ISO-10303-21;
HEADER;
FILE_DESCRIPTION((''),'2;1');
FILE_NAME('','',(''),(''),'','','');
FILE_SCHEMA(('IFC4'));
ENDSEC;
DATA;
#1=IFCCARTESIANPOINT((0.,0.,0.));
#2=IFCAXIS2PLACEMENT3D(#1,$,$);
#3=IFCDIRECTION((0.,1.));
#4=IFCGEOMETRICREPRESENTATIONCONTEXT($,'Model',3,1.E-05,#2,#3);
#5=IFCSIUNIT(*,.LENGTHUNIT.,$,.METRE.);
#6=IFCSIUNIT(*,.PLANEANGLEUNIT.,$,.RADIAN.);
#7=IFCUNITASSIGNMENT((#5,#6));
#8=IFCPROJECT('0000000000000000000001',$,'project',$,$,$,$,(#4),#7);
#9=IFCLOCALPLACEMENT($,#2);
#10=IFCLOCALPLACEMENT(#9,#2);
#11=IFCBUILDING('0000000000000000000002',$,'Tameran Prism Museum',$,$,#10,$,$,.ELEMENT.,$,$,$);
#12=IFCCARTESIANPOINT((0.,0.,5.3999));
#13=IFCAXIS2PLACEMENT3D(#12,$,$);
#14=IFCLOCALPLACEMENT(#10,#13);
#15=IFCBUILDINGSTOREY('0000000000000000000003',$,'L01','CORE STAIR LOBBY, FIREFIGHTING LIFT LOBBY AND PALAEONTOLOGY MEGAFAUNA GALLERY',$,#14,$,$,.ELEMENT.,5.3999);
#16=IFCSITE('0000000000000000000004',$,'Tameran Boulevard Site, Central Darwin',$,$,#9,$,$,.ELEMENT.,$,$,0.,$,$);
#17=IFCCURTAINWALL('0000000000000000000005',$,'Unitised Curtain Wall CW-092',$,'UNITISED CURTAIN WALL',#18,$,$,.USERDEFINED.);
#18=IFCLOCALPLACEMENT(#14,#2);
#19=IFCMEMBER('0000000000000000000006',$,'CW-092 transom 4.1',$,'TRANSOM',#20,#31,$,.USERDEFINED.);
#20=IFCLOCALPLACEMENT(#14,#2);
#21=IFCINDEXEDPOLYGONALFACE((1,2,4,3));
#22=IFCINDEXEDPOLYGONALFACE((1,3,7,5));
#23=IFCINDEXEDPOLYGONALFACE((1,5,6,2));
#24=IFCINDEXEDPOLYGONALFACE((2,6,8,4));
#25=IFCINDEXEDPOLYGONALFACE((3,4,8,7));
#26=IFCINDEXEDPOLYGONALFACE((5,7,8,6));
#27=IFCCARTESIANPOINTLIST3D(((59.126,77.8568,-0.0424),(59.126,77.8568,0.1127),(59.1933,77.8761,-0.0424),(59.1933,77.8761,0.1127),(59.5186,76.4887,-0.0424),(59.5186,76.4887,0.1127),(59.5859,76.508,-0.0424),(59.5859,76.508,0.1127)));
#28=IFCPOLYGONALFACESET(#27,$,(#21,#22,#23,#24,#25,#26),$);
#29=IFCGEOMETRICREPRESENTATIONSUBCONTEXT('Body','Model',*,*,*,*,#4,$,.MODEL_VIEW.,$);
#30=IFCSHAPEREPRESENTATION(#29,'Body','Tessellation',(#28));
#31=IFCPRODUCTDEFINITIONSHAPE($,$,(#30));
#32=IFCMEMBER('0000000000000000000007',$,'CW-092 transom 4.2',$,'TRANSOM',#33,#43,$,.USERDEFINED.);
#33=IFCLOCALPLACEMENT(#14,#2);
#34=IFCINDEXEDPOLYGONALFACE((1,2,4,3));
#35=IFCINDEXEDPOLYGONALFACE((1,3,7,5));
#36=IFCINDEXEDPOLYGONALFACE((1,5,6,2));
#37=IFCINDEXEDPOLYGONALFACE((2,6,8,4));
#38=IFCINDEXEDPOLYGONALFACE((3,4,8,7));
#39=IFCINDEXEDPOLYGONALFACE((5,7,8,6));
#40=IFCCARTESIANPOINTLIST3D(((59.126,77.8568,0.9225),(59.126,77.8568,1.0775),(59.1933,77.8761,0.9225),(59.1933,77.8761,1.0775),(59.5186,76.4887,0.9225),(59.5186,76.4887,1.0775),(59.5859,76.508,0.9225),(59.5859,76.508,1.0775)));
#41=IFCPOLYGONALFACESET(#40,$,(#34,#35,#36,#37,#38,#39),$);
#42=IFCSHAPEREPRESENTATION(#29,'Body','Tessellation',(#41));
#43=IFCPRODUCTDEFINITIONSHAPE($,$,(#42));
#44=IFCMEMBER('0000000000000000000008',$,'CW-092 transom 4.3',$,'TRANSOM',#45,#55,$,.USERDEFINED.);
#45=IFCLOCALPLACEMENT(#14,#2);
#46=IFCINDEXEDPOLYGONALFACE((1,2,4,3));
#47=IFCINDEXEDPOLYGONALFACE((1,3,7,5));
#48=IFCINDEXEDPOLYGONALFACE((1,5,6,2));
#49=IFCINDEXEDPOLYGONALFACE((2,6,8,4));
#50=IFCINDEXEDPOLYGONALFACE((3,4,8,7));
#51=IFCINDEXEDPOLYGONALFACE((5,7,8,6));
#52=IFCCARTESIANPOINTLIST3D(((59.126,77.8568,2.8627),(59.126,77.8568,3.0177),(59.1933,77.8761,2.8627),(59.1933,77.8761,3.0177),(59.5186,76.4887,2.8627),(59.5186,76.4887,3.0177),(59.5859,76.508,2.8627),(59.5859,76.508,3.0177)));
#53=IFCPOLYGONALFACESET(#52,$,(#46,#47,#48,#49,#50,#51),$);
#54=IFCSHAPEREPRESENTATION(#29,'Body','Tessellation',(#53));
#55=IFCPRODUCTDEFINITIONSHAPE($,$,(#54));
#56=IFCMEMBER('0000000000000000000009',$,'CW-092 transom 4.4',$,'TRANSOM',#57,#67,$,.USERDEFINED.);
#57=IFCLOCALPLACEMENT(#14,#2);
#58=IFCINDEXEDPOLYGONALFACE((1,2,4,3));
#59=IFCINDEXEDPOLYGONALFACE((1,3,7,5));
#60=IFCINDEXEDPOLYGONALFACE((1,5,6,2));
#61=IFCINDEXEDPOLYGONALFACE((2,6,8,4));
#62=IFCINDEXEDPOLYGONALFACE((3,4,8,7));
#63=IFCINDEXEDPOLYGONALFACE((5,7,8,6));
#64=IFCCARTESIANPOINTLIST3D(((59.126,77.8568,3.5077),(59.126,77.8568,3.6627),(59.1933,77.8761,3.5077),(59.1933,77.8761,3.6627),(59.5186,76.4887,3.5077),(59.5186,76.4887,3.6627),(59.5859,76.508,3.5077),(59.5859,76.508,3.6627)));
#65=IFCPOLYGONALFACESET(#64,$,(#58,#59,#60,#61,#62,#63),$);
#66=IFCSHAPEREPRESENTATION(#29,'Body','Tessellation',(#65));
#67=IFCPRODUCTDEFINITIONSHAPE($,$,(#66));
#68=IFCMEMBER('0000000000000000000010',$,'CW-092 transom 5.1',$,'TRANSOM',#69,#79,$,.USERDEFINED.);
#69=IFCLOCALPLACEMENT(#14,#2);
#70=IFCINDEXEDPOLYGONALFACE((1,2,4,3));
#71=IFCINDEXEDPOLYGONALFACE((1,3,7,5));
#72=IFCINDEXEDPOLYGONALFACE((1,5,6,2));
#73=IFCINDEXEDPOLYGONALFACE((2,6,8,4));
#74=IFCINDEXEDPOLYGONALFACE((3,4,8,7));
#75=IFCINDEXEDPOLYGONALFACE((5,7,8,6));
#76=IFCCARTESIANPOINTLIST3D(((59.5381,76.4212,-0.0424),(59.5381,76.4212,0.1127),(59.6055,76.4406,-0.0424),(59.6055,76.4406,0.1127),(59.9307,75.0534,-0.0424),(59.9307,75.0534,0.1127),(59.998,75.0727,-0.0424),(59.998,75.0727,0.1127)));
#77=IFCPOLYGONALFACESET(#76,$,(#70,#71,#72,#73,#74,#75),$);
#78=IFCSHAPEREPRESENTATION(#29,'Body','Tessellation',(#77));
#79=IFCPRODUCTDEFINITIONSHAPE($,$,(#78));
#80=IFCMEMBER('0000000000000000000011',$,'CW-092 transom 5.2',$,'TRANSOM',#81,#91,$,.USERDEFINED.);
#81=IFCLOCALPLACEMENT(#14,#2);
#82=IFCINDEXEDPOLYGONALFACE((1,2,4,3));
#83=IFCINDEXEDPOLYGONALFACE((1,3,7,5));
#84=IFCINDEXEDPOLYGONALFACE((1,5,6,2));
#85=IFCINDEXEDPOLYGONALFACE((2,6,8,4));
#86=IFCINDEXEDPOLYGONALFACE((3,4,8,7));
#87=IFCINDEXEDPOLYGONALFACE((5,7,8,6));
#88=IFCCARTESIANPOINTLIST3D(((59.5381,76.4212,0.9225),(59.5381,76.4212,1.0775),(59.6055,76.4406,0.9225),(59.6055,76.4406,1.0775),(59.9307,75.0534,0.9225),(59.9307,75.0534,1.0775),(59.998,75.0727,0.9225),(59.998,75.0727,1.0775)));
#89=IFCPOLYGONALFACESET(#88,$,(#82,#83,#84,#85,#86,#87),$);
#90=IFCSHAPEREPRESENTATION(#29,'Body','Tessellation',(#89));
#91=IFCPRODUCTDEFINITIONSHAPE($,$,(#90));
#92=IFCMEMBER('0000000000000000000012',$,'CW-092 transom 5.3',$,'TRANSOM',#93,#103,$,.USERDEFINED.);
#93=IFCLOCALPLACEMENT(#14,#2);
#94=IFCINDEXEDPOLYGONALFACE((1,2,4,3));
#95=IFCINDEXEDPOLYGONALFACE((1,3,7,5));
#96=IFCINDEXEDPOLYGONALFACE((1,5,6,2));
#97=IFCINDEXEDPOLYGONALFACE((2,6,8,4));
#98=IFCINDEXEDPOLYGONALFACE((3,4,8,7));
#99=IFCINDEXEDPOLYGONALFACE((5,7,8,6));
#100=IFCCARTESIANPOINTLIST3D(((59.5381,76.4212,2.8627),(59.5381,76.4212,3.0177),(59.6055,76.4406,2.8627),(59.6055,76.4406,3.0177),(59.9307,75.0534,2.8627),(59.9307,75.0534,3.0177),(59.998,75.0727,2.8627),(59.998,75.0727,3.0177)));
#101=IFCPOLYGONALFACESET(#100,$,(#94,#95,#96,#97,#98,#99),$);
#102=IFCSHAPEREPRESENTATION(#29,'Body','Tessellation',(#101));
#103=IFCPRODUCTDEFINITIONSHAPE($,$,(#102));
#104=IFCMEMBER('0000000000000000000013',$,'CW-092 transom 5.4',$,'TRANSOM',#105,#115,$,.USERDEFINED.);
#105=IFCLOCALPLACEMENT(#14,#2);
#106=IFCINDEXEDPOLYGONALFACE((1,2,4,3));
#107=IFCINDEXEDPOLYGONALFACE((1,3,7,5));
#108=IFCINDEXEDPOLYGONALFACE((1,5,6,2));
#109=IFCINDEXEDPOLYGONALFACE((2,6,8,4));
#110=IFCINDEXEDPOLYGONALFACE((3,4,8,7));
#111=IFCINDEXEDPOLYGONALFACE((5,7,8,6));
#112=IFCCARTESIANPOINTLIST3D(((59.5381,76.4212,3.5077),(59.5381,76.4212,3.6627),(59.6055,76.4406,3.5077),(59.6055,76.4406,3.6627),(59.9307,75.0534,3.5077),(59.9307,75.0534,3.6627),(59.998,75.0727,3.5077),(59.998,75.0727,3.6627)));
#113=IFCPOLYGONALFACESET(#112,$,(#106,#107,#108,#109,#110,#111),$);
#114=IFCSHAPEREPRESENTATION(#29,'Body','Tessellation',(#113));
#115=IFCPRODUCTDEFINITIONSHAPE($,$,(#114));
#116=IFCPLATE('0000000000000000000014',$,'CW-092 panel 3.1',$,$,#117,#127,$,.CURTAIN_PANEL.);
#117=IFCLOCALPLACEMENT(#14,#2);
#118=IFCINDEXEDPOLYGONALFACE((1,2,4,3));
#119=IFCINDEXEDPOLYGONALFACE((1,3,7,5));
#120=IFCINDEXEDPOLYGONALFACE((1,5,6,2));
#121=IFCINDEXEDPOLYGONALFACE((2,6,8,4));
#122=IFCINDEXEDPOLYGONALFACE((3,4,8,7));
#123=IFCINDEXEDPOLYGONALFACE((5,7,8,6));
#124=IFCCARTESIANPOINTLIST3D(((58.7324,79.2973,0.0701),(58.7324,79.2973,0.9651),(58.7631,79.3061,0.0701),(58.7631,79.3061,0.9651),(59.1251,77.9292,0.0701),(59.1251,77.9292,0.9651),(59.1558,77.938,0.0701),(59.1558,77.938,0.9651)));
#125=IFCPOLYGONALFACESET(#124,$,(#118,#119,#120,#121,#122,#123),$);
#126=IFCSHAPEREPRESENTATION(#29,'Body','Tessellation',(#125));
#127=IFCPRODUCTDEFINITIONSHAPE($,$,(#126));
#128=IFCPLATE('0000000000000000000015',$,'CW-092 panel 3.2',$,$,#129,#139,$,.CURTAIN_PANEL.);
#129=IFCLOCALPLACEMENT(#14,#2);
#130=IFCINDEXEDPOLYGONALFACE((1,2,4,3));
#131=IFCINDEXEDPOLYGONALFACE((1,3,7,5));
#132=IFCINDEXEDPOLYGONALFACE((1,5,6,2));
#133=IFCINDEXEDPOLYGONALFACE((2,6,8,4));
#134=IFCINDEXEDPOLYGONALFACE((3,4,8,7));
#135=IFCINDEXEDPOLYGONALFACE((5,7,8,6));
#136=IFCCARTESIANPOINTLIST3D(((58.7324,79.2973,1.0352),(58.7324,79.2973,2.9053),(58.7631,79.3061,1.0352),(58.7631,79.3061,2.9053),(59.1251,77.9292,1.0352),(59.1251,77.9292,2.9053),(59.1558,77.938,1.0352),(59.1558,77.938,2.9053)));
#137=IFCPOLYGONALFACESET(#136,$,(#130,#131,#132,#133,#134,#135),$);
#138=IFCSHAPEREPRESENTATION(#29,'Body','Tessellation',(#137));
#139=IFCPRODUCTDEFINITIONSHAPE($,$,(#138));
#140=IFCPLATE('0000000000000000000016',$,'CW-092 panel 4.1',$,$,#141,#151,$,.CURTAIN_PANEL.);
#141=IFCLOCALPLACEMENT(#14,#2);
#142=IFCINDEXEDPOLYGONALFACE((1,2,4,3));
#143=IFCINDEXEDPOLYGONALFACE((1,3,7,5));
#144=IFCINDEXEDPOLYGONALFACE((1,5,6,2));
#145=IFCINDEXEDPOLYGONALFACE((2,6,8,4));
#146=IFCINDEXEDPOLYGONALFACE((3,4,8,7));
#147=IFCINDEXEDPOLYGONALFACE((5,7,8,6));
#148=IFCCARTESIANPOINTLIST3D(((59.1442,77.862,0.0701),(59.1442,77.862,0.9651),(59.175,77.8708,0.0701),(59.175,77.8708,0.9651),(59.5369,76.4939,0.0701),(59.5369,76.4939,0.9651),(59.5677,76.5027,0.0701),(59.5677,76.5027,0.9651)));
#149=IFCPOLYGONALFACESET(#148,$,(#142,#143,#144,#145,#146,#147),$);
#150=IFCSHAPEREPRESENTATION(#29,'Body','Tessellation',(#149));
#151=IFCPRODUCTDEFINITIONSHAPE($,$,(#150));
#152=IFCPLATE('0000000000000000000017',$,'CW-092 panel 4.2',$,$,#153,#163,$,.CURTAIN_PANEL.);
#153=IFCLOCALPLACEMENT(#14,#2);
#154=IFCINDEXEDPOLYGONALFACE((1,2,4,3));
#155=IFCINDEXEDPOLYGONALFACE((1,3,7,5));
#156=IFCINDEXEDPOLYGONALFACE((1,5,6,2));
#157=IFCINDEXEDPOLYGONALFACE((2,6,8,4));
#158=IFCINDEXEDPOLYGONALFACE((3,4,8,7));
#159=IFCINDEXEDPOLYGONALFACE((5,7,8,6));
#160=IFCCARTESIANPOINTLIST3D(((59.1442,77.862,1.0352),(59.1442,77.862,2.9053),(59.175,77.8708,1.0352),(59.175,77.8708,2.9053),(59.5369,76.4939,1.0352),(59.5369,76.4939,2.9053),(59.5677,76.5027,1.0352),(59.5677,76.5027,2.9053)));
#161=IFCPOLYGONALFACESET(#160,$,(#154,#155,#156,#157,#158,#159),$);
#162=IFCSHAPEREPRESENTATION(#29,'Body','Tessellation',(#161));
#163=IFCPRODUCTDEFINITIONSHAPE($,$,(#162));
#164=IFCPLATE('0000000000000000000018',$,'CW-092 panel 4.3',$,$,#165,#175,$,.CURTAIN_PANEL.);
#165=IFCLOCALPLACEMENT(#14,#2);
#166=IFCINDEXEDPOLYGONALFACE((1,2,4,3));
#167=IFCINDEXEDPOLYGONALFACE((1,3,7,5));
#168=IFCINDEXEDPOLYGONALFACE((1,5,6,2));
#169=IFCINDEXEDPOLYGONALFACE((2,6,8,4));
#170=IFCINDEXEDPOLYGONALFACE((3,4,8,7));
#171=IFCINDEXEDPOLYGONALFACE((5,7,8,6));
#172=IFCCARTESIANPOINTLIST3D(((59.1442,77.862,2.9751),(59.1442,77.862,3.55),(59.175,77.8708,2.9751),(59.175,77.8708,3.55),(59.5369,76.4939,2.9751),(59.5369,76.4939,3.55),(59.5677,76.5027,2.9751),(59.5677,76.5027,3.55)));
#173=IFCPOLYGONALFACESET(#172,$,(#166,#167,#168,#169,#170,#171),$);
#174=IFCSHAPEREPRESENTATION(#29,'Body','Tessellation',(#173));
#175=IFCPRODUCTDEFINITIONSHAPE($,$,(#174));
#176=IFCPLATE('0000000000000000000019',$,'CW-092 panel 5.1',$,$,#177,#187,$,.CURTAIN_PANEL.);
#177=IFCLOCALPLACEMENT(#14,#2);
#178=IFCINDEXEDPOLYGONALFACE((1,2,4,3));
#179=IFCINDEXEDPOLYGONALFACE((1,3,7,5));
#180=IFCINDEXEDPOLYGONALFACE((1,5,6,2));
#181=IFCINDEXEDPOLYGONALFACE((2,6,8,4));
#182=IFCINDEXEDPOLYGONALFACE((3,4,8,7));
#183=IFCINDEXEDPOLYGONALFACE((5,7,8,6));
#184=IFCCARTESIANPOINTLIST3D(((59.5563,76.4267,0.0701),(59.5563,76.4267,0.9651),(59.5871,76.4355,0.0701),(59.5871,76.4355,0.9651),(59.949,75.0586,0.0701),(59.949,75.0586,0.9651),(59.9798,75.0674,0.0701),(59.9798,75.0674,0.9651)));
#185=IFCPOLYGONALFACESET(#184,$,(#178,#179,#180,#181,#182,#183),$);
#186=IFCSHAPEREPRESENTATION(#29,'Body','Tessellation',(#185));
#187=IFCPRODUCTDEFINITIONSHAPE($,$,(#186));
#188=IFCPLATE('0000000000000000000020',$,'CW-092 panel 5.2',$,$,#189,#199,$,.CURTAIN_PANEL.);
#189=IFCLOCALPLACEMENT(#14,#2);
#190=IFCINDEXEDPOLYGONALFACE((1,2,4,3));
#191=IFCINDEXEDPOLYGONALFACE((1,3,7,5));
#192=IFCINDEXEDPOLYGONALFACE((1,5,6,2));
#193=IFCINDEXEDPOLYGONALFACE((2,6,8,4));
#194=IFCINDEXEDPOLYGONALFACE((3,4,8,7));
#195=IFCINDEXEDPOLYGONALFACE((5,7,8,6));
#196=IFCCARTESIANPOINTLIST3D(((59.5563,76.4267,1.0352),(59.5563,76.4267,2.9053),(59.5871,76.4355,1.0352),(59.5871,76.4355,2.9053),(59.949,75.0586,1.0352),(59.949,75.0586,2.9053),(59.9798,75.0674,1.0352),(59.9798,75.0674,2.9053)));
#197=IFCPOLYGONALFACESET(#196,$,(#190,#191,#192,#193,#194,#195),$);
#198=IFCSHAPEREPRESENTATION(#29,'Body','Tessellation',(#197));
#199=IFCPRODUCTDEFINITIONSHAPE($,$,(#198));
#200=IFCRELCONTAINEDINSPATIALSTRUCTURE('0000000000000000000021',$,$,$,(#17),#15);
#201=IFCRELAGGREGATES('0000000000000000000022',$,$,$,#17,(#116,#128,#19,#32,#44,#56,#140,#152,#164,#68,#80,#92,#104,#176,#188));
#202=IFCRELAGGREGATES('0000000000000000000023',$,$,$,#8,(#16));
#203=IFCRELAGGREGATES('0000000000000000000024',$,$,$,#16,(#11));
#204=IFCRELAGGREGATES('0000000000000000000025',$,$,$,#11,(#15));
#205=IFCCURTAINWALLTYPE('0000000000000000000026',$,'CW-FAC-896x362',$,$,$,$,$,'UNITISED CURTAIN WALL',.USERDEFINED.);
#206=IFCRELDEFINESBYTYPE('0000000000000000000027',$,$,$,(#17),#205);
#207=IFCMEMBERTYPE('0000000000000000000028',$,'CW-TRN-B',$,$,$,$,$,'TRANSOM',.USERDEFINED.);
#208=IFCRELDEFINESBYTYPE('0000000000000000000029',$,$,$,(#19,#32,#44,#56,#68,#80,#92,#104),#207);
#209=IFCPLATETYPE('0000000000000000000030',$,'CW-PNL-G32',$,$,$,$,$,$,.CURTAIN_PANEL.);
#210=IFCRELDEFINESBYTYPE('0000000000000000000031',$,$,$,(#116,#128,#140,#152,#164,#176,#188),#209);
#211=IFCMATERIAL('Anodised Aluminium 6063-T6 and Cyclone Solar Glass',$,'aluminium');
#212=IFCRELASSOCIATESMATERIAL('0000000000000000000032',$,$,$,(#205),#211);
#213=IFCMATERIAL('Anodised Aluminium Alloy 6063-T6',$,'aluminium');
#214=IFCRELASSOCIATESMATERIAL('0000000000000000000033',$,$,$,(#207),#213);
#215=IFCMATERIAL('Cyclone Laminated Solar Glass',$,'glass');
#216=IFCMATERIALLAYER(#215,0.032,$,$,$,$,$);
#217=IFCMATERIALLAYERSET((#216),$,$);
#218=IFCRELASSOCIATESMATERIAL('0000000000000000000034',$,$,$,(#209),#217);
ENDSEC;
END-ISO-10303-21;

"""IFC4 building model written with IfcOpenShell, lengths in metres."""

from ifc_helpers import new_model, si_unit, direction, frame, origin, origin_2d, place, context, subcontext, project, spatial, rectangle, extrude, material, layer, layer_set, material_profile, profile_set, type_object, element, aggregate, save


model = new_model("IFC4")

# Units and contexts
model_context = context("Model", 3, precision=1e-05, world=origin(), true_north=direction((0.0, 1.0)))
body_context = subcontext(model_context, "Body", "Model", "MODEL_VIEW")
ifc_project = project(units=[si_unit("LENGTHUNIT", "METRE"), si_unit("PLANEANGLEUNIT", "RADIAN")], contexts=[model_context])

# Site, building, storey
site_placement = place(None, origin())
site = spatial("IfcSite", under=ifc_project, at=site_placement, Name="Tameran Boulevard Site, Central Darwin", CompositionType="ELEMENT", RefElevation=0.0)
building_placement = place(site_placement, origin())
building = spatial("IfcBuilding", under=site, at=building_placement, Name="Tameran Prism Museum", CompositionType="ELEMENT")
storey_placement = place(building_placement, frame((0.0, 0.0, 5.3999)))
storey = spatial("IfcBuildingStorey", under=building, at=storey_placement, Name="L01", Description="CORE STAIR LOBBY, FIREFIGHTING LIFT LOBBY AND PALAEONTOLOGY MEGAFAUNA GALLERY", CompositionType="ELEMENT", Elevation=5.3999)

# Curtain wall, members, plates
ifc_material_1 = material(Name="Anodised Aluminium 6063-T6 and Cyclone Solar Glass", Category="aluminium")
curtain_wall_type = type_object("IfcCurtainWallType", Name="CW-FAC-896x362", ElementType="UNITISED CURTAIN WALL", PredefinedType="USERDEFINED", material=ifc_material_1)
curtain_wall_placement = place(storey_placement, origin())
curtain_wall = element("IfcCurtainWall", 1, at=curtain_wall_placement, inside=storey, type_object=curtain_wall_type, Name="Unitised Curtain Wall CW-092", ObjectType="UNITISED CURTAIN WALL", PredefinedType="USERDEFINED")
ifc_material_2 = material(Name="Anodised Aluminium Alloy 6063-T6", Category="aluminium")
ifc_material_profile_1 = material_profile(ifc_material_2, rectangle(XDim=0.0701, YDim=0.155, at=origin_2d()))
ifc_profile_set_1 = profile_set([ifc_material_profile_1])
member_type_1 = type_object("IfcMemberType", Name="CW-TRN-B", ElementType="TRANSOM", PredefinedType="USERDEFINED", material=ifc_profile_set_1)
member_1_placement = place(storey_placement, frame((59.1597, 77.8665, 0.0352), z_axis=(0.275808, -0.961213, 0.0), x_axis=(0.961213, 0.275808, 0.0)))
member_1 = element("IfcMember", 2, at=member_1_placement, type_object=member_type_1, Name="CW-092 transom 4.1", ObjectType="TRANSOM", PredefinedType="USERDEFINED", context=body_context, shape_type="SweptSolid", body=[
    extrude(rectangle(XDim=0.0701, YDim=0.155, at=origin_2d()), origin(), (0.0, 0.0, 1.0), 1.4233),
])
member_2_placement = place(storey_placement, frame((59.1597, 77.8665, 1.0), z_axis=(0.275808, -0.961213, 0.0), x_axis=(0.961213, 0.275808, 0.0)))
member_2 = element("IfcMember", 3, at=member_2_placement, type_object=member_type_1, Name="CW-092 transom 4.2", ObjectType="TRANSOM", PredefinedType="USERDEFINED", context=body_context, shape_type="SweptSolid", body=[
    extrude(rectangle(XDim=0.0701, YDim=0.155, at=origin_2d()), origin(), (0.0, 0.0, 1.0), 1.4233),
])
member_3_placement = place(storey_placement, frame((59.1597, 77.8665, 2.9402), z_axis=(0.275808, -0.961213, 0.0), x_axis=(0.961213, 0.275808, 0.0)))
member_3 = element("IfcMember", 4, at=member_3_placement, type_object=member_type_1, Name="CW-092 transom 4.3", ObjectType="TRANSOM", PredefinedType="USERDEFINED", context=body_context, shape_type="SweptSolid", body=[
    extrude(rectangle(XDim=0.0701, YDim=0.155, at=origin_2d()), origin(), (0.0, 0.0, 1.0), 1.4233),
])
member_4_placement = place(storey_placement, frame((59.1597, 77.8665, 3.5852), z_axis=(0.275808, -0.961213, 0.0), x_axis=(0.961213, 0.275808, 0.0)))
member_4 = element("IfcMember", 5, at=member_4_placement, type_object=member_type_1, Name="CW-092 transom 4.4", ObjectType="TRANSOM", PredefinedType="USERDEFINED", context=body_context, shape_type="SweptSolid", body=[
    extrude(rectangle(XDim=0.0701, YDim=0.155, at=origin_2d()), origin(), (0.0, 0.0, 1.0), 1.4233),
])
member_5_placement = place(storey_placement, frame((59.5718, 76.4309, 0.0352), z_axis=(0.275854, -0.9612, 0.0), x_axis=(0.9612, 0.275854, 0.0)))
member_5 = element("IfcMember", 6, at=member_5_placement, type_object=member_type_1, Name="CW-092 transom 5.1", ObjectType="TRANSOM", PredefinedType="USERDEFINED", context=body_context, shape_type="SweptSolid", body=[
    extrude(rectangle(XDim=0.0701, YDim=0.155, at=origin_2d()), origin(), (0.0, 0.0, 1.0), 1.4231),
])
member_6_placement = place(storey_placement, frame((59.5718, 76.4309, 1.0), z_axis=(0.275854, -0.9612, 0.0), x_axis=(0.9612, 0.275854, 0.0)))
member_6 = element("IfcMember", 7, at=member_6_placement, type_object=member_type_1, Name="CW-092 transom 5.2", ObjectType="TRANSOM", PredefinedType="USERDEFINED", context=body_context, shape_type="SweptSolid", body=[
    extrude(rectangle(XDim=0.0701, YDim=0.155, at=origin_2d()), origin(), (0.0, 0.0, 1.0), 1.4231),
])
member_7_placement = place(storey_placement, frame((59.5718, 76.4309, 2.9402), z_axis=(0.275854, -0.9612, 0.0), x_axis=(0.9612, 0.275854, 0.0)))
member_7 = element("IfcMember", 8, at=member_7_placement, type_object=member_type_1, Name="CW-092 transom 5.3", ObjectType="TRANSOM", PredefinedType="USERDEFINED", context=body_context, shape_type="SweptSolid", body=[
    extrude(rectangle(XDim=0.0701, YDim=0.155, at=origin_2d()), origin(), (0.0, 0.0, 1.0), 1.4231),
])
member_8_placement = place(storey_placement, frame((59.5718, 76.4309, 3.5852), z_axis=(0.275854, -0.9612, 0.0), x_axis=(0.9612, 0.275854, 0.0)))
member_8 = element("IfcMember", 9, at=member_8_placement, type_object=member_type_1, Name="CW-092 transom 5.4", ObjectType="TRANSOM", PredefinedType="USERDEFINED", context=body_context, shape_type="SweptSolid", body=[
    extrude(rectangle(XDim=0.0701, YDim=0.155, at=origin_2d()), origin(), (0.0, 0.0, 1.0), 1.4231),
])
ifc_material_3 = material(Name="Cyclone Laminated Solar Glass", Category="glass")
ifc_layer_1 = layer(ifc_material_3, 0.032)
ifc_layer_set_1 = layer_set([ifc_layer_1])
plate_type = type_object("IfcPlateType", Name="CW-PNL-G32", PredefinedType="CURTAIN_PANEL", material=ifc_layer_set_1)
plate_1_placement = place(storey_placement, frame((58.9441, 78.6177, 0.0701), z_axis=(0.0, 0.0, 1.0), x_axis=(0.2759, -0.961186, 0.0)))
plate_1 = element("IfcPlate", 10, at=plate_1_placement, type_object=plate_type, Name="CW-092 panel 3.1", PredefinedType="CURTAIN_PANEL", context=body_context, shape_type="SweptSolid", body=[
    extrude(rectangle(XDim=1.4233, YDim=0.032, at=origin_2d()), origin(), (0.0, 0.0, 1.0), 0.895),
])
plate_2_placement = place(storey_placement, frame((58.9441, 78.6177, 1.0352), z_axis=(0.0, 0.0, 1.0), x_axis=(0.2759, -0.961186, 0.0)))
plate_2 = element("IfcPlate", 11, at=plate_2_placement, type_object=plate_type, Name="CW-092 panel 3.2", PredefinedType="CURTAIN_PANEL", context=body_context, shape_type="SweptSolid", body=[
    extrude(rectangle(XDim=1.4233, YDim=0.032, at=origin_2d()), origin(), (0.0, 0.0, 1.0), 1.8701),
])
plate_3_placement = place(storey_placement, frame((59.356, 77.1824, 0.0701), z_axis=(0.0, 0.0, 1.0), x_axis=(0.2759, -0.961186, 0.0)))
plate_3 = element("IfcPlate", 12, at=plate_3_placement, type_object=plate_type, Name="CW-092 panel 4.1", PredefinedType="CURTAIN_PANEL", context=body_context, shape_type="SweptSolid", body=[
    extrude(rectangle(XDim=1.4233, YDim=0.032, at=origin_2d()), origin(), (0.0, 0.0, 1.0), 0.895),
])
plate_4_placement = place(storey_placement, frame((59.356, 77.1824, 1.0352), z_axis=(0.0, 0.0, 1.0), x_axis=(0.2759, -0.961186, 0.0)))
plate_4 = element("IfcPlate", 13, at=plate_4_placement, type_object=plate_type, Name="CW-092 panel 4.2", PredefinedType="CURTAIN_PANEL", context=body_context, shape_type="SweptSolid", body=[
    extrude(rectangle(XDim=1.4233, YDim=0.032, at=origin_2d()), origin(), (0.0, 0.0, 1.0), 1.8701),
])
plate_5_placement = place(storey_placement, frame((59.356, 77.1824, 2.9751), z_axis=(0.0, 0.0, 1.0), x_axis=(0.2759, -0.961186, 0.0)))
plate_5 = element("IfcPlate", 14, at=plate_5_placement, type_object=plate_type, Name="CW-092 panel 4.3", PredefinedType="CURTAIN_PANEL", context=body_context, shape_type="SweptSolid", body=[
    extrude(rectangle(XDim=1.4233, YDim=0.032, at=origin_2d()), origin(), (0.0, 0.0, 1.0), 0.575),
])
plate_6_placement = place(storey_placement, frame((59.7681, 75.7471, 0.0701), z_axis=(0.0, 0.0, 1.0), x_axis=(0.2759, -0.961186, 0.0)))
plate_6 = element("IfcPlate", 15, at=plate_6_placement, type_object=plate_type, Name="CW-092 panel 5.1", PredefinedType="CURTAIN_PANEL", context=body_context, shape_type="SweptSolid", body=[
    extrude(rectangle(XDim=1.4233, YDim=0.032, at=origin_2d()), origin(), (0.0, 0.0, 1.0), 0.895),
])
plate_7_placement = place(storey_placement, frame((59.7681, 75.7471, 1.0352), z_axis=(0.0, 0.0, 1.0), x_axis=(0.2759, -0.961186, 0.0)))
plate_7 = element("IfcPlate", 16, at=plate_7_placement, type_object=plate_type, Name="CW-092 panel 5.2", PredefinedType="CURTAIN_PANEL", context=body_context, shape_type="SweptSolid", body=[
    extrude(rectangle(XDim=1.4233, YDim=0.032, at=origin_2d()), origin(), (0.0, 0.0, 1.0), 1.8701),
])
aggregate(curtain_wall, [plate_1, plate_2, member_1, member_2, member_3, member_4, plate_3, plate_4, plate_5, member_5, member_6, member_7, member_8, plate_6, plate_7])

save(model, "model.ifc")
